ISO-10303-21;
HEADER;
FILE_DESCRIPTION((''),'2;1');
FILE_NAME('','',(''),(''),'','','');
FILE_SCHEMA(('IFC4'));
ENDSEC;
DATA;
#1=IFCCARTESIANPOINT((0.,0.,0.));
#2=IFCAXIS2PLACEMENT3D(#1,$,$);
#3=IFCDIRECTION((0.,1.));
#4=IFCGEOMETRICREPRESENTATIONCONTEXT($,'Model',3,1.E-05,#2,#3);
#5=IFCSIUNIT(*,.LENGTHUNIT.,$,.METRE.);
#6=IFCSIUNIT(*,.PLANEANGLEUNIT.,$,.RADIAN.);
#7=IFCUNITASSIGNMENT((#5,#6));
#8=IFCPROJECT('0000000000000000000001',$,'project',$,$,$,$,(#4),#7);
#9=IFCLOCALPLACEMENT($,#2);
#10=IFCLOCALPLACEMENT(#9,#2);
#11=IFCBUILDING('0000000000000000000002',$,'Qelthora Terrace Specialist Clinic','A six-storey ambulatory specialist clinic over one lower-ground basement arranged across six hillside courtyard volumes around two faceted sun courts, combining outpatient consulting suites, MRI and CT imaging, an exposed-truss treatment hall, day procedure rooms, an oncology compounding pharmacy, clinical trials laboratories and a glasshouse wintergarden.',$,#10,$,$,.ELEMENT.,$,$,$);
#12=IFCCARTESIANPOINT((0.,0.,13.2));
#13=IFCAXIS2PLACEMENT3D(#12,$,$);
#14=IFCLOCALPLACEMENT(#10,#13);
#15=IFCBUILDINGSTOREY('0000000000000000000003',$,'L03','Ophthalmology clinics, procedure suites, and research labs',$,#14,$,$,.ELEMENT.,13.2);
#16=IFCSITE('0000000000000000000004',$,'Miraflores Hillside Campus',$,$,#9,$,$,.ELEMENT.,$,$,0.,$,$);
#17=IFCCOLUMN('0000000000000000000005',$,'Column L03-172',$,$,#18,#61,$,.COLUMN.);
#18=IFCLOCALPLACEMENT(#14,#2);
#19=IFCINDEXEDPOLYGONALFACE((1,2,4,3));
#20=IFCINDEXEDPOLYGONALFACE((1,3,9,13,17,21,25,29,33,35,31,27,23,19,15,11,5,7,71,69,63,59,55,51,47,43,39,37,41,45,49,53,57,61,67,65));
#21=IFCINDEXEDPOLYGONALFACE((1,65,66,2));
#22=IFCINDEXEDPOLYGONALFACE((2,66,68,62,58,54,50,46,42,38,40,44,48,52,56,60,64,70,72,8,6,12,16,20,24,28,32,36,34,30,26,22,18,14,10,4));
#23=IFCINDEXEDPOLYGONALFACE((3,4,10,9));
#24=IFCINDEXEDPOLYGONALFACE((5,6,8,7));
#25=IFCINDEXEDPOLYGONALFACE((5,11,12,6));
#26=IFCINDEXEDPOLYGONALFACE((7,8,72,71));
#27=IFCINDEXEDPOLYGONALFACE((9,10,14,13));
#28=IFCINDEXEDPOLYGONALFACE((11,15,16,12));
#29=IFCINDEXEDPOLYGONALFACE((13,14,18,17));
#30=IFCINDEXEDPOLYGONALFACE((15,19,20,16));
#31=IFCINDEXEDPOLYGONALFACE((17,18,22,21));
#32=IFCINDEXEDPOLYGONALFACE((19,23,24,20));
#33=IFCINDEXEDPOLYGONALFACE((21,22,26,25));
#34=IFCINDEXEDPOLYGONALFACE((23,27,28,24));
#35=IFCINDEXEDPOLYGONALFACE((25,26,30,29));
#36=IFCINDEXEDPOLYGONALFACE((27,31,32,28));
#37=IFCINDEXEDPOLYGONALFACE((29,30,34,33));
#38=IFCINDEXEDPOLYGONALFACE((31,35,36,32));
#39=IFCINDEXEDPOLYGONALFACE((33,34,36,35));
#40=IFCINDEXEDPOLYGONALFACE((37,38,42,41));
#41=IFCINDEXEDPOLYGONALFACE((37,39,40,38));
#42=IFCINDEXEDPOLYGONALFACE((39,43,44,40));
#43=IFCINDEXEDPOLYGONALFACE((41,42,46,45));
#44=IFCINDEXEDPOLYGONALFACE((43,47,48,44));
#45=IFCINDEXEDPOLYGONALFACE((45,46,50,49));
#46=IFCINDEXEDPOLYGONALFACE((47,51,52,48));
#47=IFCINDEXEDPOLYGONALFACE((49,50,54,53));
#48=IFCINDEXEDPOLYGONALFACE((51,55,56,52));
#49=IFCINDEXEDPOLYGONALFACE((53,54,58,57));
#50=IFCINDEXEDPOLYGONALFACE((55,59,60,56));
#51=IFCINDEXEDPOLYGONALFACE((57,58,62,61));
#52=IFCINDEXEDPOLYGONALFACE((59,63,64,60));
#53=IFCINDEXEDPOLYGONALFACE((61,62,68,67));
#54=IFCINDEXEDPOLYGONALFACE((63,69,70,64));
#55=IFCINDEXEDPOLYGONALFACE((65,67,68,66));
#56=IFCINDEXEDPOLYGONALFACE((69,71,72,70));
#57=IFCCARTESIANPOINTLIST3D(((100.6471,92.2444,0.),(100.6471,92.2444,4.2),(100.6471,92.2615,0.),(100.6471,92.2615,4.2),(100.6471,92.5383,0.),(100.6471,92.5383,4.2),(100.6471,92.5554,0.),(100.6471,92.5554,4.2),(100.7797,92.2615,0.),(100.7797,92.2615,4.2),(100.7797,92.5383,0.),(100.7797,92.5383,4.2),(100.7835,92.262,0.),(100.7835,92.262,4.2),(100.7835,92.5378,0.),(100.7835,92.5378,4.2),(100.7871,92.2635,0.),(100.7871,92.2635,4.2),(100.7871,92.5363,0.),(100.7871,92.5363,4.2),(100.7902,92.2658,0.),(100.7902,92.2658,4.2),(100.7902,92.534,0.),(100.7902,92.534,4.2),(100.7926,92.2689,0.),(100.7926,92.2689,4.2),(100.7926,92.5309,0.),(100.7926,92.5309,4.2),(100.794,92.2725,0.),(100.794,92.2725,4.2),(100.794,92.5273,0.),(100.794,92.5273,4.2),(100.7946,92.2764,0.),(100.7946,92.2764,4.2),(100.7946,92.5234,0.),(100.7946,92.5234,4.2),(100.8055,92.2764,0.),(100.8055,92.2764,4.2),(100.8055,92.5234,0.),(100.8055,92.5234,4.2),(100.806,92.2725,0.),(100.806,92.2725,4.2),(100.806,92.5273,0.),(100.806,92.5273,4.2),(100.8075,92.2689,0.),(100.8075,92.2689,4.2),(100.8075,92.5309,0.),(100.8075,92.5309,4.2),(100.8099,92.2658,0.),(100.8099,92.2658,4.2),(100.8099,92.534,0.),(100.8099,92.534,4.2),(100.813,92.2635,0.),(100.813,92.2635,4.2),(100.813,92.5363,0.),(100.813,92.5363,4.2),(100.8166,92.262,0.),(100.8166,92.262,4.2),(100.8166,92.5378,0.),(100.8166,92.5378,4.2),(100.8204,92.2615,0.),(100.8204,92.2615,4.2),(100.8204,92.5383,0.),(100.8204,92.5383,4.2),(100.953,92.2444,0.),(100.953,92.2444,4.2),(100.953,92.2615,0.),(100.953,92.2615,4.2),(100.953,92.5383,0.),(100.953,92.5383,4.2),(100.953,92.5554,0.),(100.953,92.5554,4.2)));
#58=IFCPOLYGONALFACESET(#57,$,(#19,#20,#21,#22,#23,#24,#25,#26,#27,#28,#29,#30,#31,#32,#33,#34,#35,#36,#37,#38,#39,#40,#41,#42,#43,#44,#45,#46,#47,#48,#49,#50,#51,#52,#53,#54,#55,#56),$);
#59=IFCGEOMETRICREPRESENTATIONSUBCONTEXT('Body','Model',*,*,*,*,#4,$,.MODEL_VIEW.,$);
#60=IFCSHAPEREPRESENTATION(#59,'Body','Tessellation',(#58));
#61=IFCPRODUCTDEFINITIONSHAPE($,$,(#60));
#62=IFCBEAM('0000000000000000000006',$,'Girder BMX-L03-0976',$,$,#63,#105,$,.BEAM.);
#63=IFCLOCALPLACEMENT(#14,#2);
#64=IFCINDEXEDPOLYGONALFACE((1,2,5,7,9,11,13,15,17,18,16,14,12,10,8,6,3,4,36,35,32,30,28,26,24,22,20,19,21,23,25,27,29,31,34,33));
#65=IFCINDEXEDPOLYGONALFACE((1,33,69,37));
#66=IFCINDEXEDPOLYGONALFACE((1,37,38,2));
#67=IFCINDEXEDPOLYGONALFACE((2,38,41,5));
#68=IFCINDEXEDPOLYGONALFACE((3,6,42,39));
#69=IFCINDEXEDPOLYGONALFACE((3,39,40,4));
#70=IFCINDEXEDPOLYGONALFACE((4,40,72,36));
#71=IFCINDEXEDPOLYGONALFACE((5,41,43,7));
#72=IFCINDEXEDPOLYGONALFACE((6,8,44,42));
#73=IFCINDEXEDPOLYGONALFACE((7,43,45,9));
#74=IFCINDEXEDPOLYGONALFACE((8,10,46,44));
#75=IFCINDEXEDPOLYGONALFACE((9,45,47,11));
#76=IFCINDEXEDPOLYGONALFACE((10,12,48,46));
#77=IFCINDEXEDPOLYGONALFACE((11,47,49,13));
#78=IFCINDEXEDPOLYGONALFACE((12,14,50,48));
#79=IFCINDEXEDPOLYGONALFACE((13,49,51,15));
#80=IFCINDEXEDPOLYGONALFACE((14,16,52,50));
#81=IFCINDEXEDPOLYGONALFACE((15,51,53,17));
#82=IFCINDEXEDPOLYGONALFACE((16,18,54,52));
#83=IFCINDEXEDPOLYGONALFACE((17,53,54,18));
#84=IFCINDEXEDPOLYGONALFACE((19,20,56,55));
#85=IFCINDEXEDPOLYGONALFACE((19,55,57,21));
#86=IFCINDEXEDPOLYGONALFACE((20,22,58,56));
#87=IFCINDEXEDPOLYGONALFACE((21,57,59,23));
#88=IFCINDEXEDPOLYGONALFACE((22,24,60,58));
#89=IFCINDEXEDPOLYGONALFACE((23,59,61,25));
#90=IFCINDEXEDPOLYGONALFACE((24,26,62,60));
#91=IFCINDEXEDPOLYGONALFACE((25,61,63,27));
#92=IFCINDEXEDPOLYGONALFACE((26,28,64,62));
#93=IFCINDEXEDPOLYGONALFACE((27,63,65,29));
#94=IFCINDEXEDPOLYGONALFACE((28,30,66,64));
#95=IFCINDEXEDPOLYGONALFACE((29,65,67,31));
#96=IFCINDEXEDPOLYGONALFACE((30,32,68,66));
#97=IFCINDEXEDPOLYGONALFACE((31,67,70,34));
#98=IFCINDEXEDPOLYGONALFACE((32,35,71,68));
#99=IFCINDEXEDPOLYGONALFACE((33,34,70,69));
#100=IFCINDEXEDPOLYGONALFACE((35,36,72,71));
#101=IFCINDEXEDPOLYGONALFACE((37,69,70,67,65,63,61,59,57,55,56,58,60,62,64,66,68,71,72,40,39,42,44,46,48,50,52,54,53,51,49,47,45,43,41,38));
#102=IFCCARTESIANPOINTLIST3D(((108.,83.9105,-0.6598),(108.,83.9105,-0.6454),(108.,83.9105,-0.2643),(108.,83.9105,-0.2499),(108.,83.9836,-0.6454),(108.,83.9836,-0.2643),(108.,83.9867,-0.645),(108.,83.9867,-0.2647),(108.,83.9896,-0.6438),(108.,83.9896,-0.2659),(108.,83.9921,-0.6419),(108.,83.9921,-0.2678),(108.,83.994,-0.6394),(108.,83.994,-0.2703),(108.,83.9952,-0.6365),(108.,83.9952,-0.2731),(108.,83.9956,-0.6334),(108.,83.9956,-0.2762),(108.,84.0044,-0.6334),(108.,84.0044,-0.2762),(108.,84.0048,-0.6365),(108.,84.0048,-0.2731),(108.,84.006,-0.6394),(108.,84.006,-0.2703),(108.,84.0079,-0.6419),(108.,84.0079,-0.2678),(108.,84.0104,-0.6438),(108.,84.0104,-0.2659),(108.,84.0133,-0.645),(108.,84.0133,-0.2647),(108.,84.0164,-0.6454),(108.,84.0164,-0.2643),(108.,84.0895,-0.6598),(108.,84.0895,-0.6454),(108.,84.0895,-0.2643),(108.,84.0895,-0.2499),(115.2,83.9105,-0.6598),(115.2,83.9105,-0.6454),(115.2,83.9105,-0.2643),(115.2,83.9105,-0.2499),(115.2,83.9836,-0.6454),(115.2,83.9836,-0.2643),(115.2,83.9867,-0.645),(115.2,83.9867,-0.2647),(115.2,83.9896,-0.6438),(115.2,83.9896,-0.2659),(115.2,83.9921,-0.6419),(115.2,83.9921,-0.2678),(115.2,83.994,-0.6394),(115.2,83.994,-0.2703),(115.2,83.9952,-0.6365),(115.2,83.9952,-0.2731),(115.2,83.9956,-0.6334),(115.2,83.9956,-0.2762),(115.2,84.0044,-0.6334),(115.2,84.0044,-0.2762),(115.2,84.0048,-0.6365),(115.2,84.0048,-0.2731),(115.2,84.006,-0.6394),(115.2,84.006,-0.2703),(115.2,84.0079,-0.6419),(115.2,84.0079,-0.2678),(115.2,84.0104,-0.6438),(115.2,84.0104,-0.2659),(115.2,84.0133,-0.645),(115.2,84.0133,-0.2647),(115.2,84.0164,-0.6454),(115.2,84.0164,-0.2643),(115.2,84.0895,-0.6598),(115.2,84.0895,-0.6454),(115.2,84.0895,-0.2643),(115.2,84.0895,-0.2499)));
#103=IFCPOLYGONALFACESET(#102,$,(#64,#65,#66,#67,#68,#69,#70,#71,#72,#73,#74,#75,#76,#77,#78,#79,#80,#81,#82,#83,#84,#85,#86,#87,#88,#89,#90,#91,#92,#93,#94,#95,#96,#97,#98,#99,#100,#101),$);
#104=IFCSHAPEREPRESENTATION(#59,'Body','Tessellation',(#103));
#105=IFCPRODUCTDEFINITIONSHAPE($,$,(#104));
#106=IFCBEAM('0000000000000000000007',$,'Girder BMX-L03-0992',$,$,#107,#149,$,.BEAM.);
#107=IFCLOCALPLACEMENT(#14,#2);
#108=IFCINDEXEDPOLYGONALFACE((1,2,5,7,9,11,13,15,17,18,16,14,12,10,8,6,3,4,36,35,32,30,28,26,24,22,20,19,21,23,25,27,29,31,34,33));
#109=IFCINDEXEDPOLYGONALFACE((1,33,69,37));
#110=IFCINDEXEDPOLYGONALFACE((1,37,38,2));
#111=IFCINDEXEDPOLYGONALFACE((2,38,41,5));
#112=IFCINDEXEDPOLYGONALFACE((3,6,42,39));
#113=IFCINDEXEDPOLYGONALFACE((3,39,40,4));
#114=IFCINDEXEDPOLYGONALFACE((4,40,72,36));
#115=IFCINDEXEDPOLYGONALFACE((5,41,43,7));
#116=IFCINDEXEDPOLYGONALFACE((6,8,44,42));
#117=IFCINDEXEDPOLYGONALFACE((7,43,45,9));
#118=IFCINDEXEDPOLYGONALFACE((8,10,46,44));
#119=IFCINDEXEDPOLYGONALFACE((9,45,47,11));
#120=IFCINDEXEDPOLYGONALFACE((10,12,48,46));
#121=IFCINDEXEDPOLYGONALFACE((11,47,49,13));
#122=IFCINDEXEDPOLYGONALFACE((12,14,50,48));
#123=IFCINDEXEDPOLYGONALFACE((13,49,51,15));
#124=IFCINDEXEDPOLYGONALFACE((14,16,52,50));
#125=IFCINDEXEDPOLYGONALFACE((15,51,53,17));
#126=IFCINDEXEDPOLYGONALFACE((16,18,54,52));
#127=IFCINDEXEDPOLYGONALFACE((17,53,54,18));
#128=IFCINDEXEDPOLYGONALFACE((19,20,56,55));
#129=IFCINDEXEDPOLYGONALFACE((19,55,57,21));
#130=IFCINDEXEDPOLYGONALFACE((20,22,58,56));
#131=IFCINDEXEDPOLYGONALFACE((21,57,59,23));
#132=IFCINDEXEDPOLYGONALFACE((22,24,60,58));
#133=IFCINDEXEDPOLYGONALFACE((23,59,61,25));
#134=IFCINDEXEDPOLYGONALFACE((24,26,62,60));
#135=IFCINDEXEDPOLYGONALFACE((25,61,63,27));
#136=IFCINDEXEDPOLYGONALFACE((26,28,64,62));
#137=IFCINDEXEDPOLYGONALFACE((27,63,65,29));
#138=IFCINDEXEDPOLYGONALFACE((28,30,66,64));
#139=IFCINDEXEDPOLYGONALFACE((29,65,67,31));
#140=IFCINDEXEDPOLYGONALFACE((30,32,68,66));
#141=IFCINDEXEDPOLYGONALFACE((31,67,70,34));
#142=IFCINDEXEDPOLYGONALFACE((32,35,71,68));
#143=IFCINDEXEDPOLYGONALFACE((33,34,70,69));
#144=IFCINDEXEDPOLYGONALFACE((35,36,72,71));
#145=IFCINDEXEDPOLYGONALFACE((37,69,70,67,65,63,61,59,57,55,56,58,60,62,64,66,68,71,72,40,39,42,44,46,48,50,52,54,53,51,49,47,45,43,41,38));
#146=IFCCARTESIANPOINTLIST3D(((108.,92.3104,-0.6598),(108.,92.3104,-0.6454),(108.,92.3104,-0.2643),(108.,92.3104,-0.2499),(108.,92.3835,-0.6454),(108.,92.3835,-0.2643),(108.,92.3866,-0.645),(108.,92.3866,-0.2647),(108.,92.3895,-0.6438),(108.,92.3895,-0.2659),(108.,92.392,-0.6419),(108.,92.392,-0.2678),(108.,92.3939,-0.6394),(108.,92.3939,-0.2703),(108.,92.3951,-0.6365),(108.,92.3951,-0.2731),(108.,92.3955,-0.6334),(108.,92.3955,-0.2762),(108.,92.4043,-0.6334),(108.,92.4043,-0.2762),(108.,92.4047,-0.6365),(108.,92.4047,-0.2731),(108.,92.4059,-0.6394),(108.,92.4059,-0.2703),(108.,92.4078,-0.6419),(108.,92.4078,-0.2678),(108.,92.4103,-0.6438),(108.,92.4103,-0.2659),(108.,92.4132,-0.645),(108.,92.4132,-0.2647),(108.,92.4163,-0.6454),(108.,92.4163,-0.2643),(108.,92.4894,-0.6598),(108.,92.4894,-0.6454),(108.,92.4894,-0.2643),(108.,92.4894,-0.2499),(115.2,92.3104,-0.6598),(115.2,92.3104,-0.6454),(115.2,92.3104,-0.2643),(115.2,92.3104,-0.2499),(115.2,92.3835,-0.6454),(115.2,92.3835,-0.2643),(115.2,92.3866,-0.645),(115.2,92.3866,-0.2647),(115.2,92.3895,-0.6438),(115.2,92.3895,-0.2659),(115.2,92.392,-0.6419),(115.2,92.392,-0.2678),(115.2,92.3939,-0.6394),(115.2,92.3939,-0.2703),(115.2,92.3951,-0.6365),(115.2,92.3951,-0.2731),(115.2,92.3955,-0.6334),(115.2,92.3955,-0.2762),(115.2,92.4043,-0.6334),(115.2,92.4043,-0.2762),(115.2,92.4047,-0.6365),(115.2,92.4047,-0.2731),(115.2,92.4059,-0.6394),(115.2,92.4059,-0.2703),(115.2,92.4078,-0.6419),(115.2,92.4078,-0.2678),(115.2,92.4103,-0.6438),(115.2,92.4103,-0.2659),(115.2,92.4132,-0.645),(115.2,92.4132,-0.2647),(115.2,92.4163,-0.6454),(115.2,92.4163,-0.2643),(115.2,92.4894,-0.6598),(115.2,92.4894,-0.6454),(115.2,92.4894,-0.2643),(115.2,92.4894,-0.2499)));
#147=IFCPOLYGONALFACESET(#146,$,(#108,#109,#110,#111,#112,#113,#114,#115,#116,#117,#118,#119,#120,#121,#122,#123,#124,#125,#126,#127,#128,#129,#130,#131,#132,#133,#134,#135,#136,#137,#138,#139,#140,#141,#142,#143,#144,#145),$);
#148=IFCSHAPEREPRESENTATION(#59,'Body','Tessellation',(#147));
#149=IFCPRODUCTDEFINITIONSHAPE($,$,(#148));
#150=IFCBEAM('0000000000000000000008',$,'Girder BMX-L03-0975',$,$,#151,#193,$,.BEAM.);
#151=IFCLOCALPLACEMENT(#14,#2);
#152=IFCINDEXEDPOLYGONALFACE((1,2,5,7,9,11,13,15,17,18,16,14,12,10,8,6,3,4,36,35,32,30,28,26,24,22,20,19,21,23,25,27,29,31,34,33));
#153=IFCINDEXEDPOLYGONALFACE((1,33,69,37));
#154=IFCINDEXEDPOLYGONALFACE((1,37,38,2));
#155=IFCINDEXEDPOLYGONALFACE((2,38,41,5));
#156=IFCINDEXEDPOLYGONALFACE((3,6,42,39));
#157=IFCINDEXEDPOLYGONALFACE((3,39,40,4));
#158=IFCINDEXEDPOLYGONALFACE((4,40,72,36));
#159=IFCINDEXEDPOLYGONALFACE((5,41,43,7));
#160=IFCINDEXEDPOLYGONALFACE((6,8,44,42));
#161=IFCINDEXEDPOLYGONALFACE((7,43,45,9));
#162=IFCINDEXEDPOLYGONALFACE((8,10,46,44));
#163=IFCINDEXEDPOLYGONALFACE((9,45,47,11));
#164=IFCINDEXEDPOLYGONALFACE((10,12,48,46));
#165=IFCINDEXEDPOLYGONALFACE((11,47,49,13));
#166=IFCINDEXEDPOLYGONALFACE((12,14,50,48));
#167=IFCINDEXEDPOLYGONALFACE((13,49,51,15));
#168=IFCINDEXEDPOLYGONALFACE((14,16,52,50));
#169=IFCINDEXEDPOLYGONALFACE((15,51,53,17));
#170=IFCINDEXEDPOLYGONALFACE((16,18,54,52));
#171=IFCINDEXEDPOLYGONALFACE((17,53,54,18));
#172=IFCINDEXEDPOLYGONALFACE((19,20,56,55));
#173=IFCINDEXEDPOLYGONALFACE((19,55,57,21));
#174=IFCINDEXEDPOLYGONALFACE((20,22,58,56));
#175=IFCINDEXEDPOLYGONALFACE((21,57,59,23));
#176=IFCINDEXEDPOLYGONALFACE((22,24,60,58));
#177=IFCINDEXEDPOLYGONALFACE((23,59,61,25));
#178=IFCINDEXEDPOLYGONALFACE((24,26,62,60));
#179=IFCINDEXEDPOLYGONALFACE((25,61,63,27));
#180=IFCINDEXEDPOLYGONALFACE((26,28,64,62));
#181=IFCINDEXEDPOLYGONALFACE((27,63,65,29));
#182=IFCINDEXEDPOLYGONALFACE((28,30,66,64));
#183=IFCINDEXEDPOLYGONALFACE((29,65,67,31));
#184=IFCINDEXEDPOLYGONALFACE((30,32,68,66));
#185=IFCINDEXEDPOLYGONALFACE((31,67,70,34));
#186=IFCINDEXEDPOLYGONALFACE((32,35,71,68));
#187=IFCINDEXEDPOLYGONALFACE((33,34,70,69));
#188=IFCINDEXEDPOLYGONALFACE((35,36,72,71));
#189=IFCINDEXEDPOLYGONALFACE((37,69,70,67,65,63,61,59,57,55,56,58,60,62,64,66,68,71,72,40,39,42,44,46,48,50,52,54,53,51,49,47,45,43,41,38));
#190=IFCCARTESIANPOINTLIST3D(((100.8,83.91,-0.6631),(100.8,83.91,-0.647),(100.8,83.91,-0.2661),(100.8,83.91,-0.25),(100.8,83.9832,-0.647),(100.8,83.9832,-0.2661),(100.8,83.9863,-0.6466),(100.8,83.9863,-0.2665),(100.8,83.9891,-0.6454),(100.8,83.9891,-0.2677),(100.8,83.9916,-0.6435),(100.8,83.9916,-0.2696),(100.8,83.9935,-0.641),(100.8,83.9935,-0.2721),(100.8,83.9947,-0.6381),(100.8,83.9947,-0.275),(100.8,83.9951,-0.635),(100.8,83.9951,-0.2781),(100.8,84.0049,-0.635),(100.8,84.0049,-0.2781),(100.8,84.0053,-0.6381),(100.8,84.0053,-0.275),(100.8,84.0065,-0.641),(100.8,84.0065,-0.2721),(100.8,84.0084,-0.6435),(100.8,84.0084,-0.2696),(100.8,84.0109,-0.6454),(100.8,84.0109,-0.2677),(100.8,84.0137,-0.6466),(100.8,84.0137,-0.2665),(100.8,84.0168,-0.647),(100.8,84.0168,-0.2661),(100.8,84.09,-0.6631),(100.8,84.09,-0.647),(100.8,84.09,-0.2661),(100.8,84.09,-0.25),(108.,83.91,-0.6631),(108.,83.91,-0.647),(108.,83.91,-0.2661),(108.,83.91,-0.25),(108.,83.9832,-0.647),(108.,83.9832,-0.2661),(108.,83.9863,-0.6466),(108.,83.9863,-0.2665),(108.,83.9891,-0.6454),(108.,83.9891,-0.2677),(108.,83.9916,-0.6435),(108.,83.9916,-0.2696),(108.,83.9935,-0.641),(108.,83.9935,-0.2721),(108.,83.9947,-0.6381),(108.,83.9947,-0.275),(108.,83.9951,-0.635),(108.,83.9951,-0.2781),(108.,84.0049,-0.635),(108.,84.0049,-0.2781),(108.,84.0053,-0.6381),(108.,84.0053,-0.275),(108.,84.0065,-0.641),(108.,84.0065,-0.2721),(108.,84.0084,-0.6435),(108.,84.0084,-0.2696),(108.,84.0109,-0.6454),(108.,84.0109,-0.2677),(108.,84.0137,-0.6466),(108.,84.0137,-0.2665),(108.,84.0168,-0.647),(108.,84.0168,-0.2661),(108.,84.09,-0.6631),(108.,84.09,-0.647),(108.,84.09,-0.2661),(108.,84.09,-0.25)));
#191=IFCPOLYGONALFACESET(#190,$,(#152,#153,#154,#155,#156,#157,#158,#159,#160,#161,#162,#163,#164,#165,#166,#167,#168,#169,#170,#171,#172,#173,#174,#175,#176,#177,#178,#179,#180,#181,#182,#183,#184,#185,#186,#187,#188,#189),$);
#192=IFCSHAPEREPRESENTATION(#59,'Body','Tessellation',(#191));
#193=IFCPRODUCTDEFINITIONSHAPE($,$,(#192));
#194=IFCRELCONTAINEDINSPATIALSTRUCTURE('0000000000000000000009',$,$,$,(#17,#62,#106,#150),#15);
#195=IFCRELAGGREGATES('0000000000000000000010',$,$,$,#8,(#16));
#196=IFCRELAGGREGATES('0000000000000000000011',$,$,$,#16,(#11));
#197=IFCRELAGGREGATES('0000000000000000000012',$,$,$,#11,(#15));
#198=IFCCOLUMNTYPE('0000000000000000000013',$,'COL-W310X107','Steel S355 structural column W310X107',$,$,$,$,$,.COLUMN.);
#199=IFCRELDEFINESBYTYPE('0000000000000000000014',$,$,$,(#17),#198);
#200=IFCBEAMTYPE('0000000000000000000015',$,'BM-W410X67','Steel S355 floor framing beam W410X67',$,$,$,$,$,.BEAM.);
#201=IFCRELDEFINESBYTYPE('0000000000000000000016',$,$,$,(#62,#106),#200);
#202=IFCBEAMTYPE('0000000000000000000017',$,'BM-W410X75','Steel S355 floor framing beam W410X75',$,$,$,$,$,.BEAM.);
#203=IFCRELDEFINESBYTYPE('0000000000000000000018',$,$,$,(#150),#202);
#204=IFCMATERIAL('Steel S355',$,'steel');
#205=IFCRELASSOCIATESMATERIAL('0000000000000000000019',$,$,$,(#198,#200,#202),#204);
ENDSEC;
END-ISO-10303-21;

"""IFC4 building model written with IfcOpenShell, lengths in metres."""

from ifc_helpers import new_model, si_unit, direction, frame, origin, origin_2d, place, context, subcontext, project, spatial, i_section, extrude, material, material_profile, profile_set, type_object, element, save


model = new_model("IFC4")

# Units and contexts
model_context = context("Model", 3, precision=1e-05, world=origin(), true_north=direction((0.0, 1.0)))
body_context = subcontext(model_context, "Body", "Model", "MODEL_VIEW")
ifc_project = project(units=[si_unit("LENGTHUNIT", "METRE"), si_unit("PLANEANGLEUNIT", "RADIAN")], contexts=[model_context])

# Site, building, storey
site_placement = place(None, origin())
site = spatial("IfcSite", under=ifc_project, at=site_placement, Name="Miraflores Hillside Campus", CompositionType="ELEMENT", RefElevation=0.0)
building_placement = place(site_placement, origin())
building = spatial("IfcBuilding", under=site, at=building_placement, Name="Qelthora Terrace Specialist Clinic", Description="A six-storey ambulatory specialist clinic over one lower-ground basement arranged across six hillside courtyard volumes around two faceted sun courts, combining outpatient consulting suites, MRI and CT imaging, an exposed-truss treatment hall, day procedure rooms, an oncology compounding pharmacy, clinical trials laboratories and a glasshouse wintergarden.", CompositionType="ELEMENT")
storey_placement = place(building_placement, frame((0.0, 0.0, 13.2)))
storey = spatial("IfcBuildingStorey", under=building, at=storey_placement, Name="L03", Description="Ophthalmology clinics, procedure suites, and research labs", CompositionType="ELEMENT", Elevation=13.2)

# Column
ifc_material_1 = material(Name="Steel S355", Category="steel")
ifc_material_profile_1 = material_profile(ifc_material_1, i_section(OverallWidth=0.3059, OverallDepth=0.311, WebThickness=0.011, FlangeThickness=0.0171, FilletRadius=0.0149, at=origin_2d()), Name="W310X107")
ifc_profile_set_1 = profile_set([ifc_material_profile_1], Name="Steel S355")
column_type_1 = type_object("IfcColumnType", Name="COL-W310X107", Description="Steel S355 structural column W310X107", PredefinedType="COLUMN", material=ifc_profile_set_1)
column_1_placement = place(storey_placement, frame((100.8, 92.3999, 0.0), z_axis=(0.0, 0.0, 1.0), x_axis=(1.0, 0.0, 0.0)))
element("IfcColumn", 1, at=column_1_placement, inside=storey, type_object=column_type_1, Name="Column L03-172", PredefinedType="COLUMN", context=body_context, shape_type="SweptSolid", body=[
    extrude(i_section(OverallWidth=0.3059, OverallDepth=0.311, WebThickness=0.011, FlangeThickness=0.0171, FilletRadius=0.0149, at=origin_2d()), origin(), (0.0, 0.0, 1.0), 4.2),
])

# Beams
ifc_material_profile_2 = material_profile(ifc_material_1, i_section(OverallWidth=0.179, OverallDepth=0.4099, WebThickness=0.0088, FlangeThickness=0.0144, FilletRadius=0.012, at=origin_2d()), Name="W410X67")
ifc_profile_set_2 = profile_set([ifc_material_profile_2], Name="Steel S355")
beam_type_1 = type_object("IfcBeamType", Name="BM-W410X67", Description="Steel S355 floor framing beam W410X67", PredefinedType="BEAM", material=ifc_profile_set_2)
for number, where, z_axis, x_axis, name in (
    (2, (108.0, 84.0, -0.4548), (1.0, 0.0, 0.0), (0.0, 1.0, 0.0), "Girder BMX-L03-0976"),
    (3, (108.0, 92.3999, -0.4548), (1.0, 0.0, 0.0), (0.0, 1.0, 0.0), "Girder BMX-L03-0992"),
):
    element("IfcBeam", number, at=place(storey_placement, frame(where, z_axis=z_axis, x_axis=x_axis)), inside=storey, type_object=beam_type_1, Name=name, PredefinedType="BEAM", context=body_context, shape_type="SweptSolid", body=[
        extrude(i_section(OverallWidth=0.179, OverallDepth=0.4099, WebThickness=0.0088, FlangeThickness=0.0144, FilletRadius=0.012, at=origin_2d()), origin(), (0.0, 0.0, 1.0), 7.2),
    ])
ifc_material_profile_3 = material_profile(ifc_material_1, i_section(OverallWidth=0.1799, OverallDepth=0.4131, WebThickness=0.0098, FlangeThickness=0.0161, FilletRadius=0.012, at=origin_2d()), Name="W410X75")
ifc_profile_set_3 = profile_set([ifc_material_profile_3], Name="Steel S355")
beam_type_2 = type_object("IfcBeamType", Name="BM-W410X75", Description="Steel S355 floor framing beam W410X75", PredefinedType="BEAM", material=ifc_profile_set_3)
for number, where, z_axis, x_axis, name in (
    (4, (100.8, 84.0, -0.4565), (1.0, 0.0, 0.0), (0.0, 1.0, 0.0), "Girder BMX-L03-0975"),
):
    element("IfcBeam", number, at=place(storey_placement, frame(where, z_axis=z_axis, x_axis=x_axis)), inside=storey, type_object=beam_type_2, Name=name, PredefinedType="BEAM", context=body_context, shape_type="SweptSolid", body=[
        extrude(i_section(OverallWidth=0.1799, OverallDepth=0.4131, WebThickness=0.0098, FlangeThickness=0.0161, FilletRadius=0.012, at=origin_2d()), origin(), (0.0, 0.0, 1.0), 7.2),
    ])

save(model, "model.ifc")
